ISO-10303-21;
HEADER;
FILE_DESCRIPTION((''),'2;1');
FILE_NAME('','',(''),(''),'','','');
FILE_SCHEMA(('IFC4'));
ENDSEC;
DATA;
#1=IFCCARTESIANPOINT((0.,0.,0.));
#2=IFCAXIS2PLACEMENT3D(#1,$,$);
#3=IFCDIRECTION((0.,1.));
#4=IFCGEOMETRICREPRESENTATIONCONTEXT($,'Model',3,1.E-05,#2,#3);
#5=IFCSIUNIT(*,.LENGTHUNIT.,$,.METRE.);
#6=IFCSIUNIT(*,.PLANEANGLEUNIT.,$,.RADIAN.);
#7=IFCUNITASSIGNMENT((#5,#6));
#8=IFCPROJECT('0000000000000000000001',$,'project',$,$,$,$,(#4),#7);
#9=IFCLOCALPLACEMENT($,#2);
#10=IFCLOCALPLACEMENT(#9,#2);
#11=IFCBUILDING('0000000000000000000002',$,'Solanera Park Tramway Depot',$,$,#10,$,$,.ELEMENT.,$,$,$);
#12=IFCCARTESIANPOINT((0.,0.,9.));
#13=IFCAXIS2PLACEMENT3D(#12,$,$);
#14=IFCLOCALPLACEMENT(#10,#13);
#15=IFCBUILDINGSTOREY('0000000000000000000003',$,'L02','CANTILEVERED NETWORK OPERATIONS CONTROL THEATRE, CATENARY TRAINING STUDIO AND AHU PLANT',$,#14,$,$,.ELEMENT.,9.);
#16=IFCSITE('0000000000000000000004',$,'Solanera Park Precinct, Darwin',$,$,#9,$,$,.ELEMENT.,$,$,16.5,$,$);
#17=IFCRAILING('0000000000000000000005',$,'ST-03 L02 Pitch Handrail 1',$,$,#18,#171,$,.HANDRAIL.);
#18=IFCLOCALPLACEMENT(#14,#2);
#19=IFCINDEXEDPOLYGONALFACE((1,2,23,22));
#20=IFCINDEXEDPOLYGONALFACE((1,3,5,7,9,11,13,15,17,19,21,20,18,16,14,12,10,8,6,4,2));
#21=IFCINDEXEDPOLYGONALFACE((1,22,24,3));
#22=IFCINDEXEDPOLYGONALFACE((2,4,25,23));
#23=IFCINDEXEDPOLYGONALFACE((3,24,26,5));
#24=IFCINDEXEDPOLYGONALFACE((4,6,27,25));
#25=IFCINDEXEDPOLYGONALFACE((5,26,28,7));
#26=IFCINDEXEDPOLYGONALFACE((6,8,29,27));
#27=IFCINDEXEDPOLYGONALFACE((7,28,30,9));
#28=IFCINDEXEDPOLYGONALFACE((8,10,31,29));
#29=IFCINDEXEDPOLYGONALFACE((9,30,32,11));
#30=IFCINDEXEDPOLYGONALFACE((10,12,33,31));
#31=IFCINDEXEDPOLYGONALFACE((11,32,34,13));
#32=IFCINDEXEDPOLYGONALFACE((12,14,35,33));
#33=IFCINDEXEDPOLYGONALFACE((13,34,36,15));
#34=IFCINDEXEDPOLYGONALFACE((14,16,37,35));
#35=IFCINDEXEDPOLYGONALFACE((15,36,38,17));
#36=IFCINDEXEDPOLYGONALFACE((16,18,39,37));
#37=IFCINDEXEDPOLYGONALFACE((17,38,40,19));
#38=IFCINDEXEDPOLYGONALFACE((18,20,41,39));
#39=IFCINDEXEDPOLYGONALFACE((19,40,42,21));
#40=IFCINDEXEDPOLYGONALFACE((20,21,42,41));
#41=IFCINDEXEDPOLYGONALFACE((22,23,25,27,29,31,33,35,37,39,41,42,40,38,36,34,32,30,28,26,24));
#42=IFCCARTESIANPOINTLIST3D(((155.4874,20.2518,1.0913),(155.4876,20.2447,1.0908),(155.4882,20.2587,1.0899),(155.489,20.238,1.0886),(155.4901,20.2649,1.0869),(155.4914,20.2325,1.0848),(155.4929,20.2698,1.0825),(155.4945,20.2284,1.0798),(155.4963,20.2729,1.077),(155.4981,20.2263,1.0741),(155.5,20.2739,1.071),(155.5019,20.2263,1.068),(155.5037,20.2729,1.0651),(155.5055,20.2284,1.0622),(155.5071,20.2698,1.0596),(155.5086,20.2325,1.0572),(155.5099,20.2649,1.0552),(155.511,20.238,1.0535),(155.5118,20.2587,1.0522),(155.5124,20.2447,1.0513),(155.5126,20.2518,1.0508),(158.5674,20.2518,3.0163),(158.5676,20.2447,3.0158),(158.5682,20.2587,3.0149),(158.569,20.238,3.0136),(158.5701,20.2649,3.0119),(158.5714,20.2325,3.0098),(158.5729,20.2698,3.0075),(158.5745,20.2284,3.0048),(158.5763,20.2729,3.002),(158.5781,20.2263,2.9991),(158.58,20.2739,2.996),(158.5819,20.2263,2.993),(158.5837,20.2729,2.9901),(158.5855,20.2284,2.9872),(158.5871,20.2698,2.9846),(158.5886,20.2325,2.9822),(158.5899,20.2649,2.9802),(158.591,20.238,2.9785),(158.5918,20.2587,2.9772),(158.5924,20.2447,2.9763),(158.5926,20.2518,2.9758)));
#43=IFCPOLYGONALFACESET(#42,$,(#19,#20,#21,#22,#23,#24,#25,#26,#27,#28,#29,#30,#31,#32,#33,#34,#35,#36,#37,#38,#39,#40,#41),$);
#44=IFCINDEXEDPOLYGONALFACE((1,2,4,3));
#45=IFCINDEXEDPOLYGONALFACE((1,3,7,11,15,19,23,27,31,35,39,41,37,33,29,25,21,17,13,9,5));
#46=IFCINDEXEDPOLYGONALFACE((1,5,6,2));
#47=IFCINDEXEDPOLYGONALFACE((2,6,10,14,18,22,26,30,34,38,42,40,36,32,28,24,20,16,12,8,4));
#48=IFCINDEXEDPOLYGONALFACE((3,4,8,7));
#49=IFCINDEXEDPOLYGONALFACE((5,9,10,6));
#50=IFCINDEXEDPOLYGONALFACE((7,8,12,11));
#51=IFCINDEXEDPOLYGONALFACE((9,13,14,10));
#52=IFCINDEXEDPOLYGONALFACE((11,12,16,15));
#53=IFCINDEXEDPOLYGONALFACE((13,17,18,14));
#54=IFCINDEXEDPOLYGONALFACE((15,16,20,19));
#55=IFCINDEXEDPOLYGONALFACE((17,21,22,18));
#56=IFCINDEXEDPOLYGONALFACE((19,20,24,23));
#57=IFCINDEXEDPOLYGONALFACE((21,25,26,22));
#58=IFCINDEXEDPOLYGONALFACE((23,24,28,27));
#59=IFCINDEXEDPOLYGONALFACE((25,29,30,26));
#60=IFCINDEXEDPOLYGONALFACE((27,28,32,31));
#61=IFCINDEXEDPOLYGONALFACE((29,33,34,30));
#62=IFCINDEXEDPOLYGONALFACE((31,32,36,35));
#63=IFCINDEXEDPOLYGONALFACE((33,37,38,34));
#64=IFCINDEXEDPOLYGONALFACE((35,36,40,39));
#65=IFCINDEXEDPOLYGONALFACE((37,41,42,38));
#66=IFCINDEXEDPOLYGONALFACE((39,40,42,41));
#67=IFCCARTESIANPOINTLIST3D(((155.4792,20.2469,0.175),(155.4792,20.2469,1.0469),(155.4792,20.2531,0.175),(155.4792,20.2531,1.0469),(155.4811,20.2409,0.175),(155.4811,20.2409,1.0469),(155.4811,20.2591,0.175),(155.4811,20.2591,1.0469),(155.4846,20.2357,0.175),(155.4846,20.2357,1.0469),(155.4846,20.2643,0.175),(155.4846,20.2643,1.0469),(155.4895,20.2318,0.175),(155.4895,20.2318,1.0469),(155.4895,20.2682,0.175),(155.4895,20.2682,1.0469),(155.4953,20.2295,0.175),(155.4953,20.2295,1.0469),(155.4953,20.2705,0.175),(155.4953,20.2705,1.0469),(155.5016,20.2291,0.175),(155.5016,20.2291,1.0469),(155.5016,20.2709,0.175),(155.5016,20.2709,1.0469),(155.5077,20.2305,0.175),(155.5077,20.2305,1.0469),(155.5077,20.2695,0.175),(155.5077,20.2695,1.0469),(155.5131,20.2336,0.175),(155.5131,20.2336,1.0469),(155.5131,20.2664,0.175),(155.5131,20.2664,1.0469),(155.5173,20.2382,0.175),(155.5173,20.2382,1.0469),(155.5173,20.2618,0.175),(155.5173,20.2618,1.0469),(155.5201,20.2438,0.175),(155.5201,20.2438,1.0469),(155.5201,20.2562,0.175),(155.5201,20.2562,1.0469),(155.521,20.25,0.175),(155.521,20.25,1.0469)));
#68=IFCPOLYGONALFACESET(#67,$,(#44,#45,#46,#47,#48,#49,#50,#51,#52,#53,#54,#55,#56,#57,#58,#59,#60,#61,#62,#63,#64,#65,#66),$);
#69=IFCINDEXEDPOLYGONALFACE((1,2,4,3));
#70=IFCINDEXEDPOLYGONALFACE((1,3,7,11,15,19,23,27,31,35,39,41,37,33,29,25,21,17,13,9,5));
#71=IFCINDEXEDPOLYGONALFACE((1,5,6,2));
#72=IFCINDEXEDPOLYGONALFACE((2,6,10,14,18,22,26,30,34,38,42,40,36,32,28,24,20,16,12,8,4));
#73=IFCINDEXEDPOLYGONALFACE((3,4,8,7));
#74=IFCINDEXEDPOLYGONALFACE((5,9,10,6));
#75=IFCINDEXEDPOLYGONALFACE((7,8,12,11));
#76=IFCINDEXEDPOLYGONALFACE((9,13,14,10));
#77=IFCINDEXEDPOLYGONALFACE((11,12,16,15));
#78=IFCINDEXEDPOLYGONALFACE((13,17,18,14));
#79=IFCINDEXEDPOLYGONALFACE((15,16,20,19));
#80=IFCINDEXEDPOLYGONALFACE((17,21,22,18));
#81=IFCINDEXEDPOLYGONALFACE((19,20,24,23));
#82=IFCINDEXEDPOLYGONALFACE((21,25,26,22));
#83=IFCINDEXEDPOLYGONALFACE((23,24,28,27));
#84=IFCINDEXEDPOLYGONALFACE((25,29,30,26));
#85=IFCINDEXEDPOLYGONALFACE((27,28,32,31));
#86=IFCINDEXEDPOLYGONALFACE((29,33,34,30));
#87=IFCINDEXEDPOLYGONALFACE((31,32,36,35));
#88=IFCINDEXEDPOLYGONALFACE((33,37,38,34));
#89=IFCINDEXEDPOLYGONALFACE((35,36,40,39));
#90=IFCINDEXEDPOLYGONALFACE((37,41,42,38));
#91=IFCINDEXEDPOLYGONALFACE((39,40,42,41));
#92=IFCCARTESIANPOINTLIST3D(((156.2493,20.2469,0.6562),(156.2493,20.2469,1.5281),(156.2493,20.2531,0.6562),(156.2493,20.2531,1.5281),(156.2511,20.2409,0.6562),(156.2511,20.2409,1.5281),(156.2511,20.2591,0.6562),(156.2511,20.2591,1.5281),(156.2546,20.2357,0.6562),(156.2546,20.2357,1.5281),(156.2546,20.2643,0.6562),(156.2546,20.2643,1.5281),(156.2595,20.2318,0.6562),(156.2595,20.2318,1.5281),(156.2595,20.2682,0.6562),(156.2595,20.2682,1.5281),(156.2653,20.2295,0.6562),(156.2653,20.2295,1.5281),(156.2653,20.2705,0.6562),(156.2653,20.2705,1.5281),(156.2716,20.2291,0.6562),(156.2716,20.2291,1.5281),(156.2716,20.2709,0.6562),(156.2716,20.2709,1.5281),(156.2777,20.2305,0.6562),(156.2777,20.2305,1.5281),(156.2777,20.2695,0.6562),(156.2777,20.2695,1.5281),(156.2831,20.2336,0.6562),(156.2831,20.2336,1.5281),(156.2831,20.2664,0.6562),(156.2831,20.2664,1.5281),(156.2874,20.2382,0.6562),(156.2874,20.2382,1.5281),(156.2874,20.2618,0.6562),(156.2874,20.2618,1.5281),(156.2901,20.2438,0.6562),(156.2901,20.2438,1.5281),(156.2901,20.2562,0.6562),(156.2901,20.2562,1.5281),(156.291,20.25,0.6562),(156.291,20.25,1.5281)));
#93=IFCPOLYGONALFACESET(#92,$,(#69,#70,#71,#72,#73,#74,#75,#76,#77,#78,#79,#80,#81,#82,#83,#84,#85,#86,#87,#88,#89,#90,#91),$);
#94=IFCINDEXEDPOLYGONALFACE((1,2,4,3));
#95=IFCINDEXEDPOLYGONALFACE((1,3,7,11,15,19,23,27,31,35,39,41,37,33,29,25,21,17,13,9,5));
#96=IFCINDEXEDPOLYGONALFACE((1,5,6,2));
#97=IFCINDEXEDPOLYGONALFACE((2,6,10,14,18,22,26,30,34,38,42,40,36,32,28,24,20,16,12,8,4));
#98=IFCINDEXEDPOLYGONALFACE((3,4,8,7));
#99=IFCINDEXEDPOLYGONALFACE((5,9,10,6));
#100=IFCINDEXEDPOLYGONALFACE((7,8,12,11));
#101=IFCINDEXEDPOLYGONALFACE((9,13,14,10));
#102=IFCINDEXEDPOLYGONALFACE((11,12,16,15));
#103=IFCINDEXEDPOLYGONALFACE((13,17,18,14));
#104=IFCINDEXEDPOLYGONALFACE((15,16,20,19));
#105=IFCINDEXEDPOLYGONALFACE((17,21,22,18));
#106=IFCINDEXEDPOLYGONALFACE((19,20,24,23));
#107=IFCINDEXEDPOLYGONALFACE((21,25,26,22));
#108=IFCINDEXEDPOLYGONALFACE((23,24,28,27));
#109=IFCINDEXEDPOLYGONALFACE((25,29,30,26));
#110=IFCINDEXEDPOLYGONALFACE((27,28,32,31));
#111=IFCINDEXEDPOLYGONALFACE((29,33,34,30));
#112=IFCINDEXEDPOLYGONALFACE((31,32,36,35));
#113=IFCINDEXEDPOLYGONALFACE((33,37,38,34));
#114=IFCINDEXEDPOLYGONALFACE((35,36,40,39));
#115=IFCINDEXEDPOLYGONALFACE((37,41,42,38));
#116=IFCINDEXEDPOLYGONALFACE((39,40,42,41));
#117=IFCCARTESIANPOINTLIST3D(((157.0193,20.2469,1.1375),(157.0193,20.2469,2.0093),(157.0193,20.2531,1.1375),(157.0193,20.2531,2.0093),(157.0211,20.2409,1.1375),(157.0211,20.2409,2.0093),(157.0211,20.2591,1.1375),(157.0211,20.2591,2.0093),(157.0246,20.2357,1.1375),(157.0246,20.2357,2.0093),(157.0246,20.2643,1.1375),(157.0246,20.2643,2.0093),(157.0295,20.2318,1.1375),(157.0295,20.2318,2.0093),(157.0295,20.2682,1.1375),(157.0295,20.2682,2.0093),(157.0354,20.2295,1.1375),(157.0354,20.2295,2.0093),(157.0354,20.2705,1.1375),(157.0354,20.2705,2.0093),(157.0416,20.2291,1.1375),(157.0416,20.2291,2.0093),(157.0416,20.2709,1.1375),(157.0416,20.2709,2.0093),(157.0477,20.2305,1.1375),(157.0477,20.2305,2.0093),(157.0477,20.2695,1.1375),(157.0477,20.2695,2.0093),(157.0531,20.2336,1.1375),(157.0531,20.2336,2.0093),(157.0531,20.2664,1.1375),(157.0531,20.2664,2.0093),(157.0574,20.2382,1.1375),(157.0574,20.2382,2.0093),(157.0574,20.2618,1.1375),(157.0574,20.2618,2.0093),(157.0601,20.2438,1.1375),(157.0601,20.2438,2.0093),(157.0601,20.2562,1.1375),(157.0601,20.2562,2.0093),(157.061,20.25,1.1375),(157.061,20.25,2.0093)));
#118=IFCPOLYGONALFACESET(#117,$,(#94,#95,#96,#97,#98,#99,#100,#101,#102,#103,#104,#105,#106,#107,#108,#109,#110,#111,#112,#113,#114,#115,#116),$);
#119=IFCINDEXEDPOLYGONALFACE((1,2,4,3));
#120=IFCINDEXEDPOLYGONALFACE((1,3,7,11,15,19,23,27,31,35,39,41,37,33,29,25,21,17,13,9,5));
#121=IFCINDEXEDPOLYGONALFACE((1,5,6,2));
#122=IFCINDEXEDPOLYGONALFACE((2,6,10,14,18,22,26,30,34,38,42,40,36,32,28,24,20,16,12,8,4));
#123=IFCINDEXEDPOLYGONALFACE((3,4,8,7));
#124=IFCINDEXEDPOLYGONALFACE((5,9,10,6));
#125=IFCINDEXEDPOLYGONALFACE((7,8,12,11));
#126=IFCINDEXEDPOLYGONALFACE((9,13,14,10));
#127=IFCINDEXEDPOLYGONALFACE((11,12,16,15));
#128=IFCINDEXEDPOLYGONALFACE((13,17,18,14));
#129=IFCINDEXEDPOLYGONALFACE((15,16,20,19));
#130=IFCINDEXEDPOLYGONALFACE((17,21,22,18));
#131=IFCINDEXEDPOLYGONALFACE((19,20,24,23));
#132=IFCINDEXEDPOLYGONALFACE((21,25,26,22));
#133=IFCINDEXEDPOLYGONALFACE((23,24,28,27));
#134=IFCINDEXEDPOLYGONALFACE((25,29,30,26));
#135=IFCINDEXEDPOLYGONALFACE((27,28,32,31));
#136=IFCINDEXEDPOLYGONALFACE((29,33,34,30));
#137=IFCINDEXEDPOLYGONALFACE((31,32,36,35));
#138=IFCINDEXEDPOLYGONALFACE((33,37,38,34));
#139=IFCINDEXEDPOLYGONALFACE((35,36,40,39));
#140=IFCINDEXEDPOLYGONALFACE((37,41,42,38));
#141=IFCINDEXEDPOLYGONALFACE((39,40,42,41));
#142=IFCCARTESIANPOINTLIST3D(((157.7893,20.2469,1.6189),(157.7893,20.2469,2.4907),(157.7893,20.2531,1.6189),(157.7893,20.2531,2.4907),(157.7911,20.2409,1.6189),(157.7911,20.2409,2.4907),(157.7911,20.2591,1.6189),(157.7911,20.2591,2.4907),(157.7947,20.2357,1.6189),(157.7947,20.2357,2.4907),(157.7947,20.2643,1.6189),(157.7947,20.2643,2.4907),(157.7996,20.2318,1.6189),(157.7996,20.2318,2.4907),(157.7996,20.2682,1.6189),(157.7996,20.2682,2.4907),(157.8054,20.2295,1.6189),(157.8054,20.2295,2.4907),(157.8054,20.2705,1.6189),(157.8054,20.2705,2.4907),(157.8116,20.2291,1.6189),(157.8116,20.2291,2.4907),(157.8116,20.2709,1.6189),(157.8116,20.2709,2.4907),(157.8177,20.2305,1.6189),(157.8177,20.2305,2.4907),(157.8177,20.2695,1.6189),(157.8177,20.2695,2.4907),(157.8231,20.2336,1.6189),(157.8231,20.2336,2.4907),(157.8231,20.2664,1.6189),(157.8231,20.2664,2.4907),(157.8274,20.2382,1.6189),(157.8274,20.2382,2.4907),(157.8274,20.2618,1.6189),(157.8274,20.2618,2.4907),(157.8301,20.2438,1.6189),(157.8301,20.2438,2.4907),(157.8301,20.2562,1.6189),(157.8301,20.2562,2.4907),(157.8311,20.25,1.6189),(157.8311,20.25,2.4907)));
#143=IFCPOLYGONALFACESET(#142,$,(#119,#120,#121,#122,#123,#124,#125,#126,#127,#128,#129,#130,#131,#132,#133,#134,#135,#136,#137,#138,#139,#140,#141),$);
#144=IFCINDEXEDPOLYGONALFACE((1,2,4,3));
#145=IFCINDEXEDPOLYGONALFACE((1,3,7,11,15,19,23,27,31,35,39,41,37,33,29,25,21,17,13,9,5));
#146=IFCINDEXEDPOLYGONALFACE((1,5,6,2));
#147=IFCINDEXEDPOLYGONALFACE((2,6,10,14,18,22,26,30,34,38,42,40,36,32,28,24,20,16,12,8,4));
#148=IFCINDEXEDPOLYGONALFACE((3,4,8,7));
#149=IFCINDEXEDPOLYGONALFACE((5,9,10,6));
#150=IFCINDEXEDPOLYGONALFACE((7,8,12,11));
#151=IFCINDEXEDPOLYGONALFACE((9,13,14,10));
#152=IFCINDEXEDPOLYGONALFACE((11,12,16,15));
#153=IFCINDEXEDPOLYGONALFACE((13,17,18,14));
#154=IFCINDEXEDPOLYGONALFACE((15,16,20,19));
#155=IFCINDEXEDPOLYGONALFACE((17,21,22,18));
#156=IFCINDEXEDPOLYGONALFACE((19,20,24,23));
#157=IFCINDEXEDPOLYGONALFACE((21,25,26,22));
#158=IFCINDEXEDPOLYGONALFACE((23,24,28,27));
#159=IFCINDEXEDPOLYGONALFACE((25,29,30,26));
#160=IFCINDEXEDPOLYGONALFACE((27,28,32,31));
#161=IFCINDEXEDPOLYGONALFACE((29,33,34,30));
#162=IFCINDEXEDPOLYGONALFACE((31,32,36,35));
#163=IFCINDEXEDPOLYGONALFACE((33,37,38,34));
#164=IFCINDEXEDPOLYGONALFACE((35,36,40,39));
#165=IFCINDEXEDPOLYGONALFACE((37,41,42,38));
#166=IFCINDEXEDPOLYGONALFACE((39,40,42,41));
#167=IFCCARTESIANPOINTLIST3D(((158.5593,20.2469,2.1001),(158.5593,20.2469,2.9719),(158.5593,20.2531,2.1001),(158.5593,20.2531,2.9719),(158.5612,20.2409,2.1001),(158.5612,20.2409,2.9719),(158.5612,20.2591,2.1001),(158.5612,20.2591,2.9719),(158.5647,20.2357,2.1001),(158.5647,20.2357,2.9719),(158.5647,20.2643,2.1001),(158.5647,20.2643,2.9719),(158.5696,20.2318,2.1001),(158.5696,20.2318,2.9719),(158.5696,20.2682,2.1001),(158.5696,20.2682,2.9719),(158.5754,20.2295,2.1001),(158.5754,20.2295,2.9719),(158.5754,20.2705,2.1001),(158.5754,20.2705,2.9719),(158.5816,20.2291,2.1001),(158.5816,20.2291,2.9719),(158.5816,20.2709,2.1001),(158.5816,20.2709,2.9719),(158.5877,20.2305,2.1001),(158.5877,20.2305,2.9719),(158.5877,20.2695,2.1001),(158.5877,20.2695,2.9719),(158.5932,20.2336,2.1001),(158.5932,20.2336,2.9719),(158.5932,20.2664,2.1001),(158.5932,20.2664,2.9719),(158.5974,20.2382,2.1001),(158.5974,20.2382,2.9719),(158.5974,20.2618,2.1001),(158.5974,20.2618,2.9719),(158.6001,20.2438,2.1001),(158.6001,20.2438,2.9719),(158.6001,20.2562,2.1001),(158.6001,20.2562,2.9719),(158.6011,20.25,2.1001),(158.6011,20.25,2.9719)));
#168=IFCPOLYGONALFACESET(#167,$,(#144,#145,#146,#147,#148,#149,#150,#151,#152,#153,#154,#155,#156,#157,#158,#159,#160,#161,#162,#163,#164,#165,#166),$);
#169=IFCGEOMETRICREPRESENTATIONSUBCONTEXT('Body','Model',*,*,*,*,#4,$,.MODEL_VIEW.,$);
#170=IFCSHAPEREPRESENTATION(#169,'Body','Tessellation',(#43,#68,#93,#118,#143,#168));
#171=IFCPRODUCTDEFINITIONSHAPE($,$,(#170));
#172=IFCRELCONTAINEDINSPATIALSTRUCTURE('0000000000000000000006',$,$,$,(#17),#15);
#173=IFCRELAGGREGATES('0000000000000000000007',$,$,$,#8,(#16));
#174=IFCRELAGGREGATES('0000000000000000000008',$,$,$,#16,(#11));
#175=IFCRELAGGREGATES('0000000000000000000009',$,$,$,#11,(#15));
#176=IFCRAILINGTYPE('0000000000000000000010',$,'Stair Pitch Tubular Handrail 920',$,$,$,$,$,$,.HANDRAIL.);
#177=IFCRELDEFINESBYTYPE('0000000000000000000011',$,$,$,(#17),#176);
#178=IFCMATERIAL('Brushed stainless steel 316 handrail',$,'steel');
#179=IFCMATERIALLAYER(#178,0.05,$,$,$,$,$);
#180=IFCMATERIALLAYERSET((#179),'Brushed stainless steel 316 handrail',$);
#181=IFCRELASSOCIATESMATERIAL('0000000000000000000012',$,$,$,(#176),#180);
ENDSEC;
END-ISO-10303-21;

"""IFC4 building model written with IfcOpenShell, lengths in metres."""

from ifc_helpers import new_model, si_unit, direction, frame, origin, origin_2d, place, context, subcontext, project, spatial, circle, extrude, material, layer, layer_set, type_object, element, save


model = new_model("IFC4")

# Units and contexts
model_context = context("Model", 3, precision=1e-05, world=origin(), true_north=direction((0.0, 1.0)))
body_context = subcontext(model_context, "Body", "Model", "MODEL_VIEW")
ifc_project = project(units=[si_unit("LENGTHUNIT", "METRE"), si_unit("PLANEANGLEUNIT", "RADIAN")], contexts=[model_context])

# Site, building, storey
site_placement = place(None, origin())
site = spatial("IfcSite", under=ifc_project, at=site_placement, Name="Solanera Park Precinct, Darwin", CompositionType="ELEMENT", RefElevation=16.5)
building_placement = place(site_placement, origin())
building = spatial("IfcBuilding", under=site, at=building_placement, Name="Solanera Park Tramway Depot", CompositionType="ELEMENT")
storey_placement = place(building_placement, frame((0.0, 0.0, 9.0)))
storey = spatial("IfcBuildingStorey", under=building, at=storey_placement, Name="L02", Description="CANTILEVERED NETWORK OPERATIONS CONTROL THEATRE, CATENARY TRAINING STUDIO AND AHU PLANT", CompositionType="ELEMENT", Elevation=9.0)

# Railing
ifc_material_1 = material(Name="Brushed stainless steel 316 handrail", Category="steel")
ifc_layer_1 = layer(ifc_material_1, 0.05)
ifc_layer_set_1 = layer_set([ifc_layer_1], Name="Brushed stainless steel 316 handrail")
railing_type = type_object("IfcRailingType", Name="Stair Pitch Tubular Handrail 920", PredefinedType="HANDRAIL", material=ifc_layer_set_1)
railing_placement = place(storey_placement, frame((155.5, 20.25, 0.175)))
element("IfcRailing", 1, at=railing_placement, inside=storey, type_object=railing_type, Name="ST-03 L02 Pitch Handrail 1", PredefinedType="HANDRAIL", context=body_context, shape_type="SweptSolid", body=[
    extrude(circle(Radius=0.0239, at=origin_2d()), frame((0.0, 0.0, 0.896), z_axis=(0.847998, 0.0, 0.529999), x_axis=(0.0, 1.0, 0.0)), (0.0, 0.0, 1.0), 3.6321),
    extrude(circle(Radius=0.021, at=origin_2d()), origin(), (0.0, 0.0, 1.0), 0.8718),
    extrude(circle(Radius=0.021, at=origin_2d()), frame((0.77, 0.0, 0.4812)), (0.0, 0.0, 1.0), 0.8718),
    extrude(circle(Radius=0.021, at=origin_2d()), frame((1.54, 0.0, 0.9624)), (0.0, 0.0, 1.0), 0.8718),
    extrude(circle(Radius=0.021, at=origin_2d()), frame((2.3101, 0.0, 1.4438)), (0.0, 0.0, 1.0), 0.8718),
    extrude(circle(Radius=0.021, at=origin_2d()), frame((3.0801, 0.0, 1.925)), (0.0, 0.0, 1.0), 0.8718),
])

save(model, "model.ifc")
